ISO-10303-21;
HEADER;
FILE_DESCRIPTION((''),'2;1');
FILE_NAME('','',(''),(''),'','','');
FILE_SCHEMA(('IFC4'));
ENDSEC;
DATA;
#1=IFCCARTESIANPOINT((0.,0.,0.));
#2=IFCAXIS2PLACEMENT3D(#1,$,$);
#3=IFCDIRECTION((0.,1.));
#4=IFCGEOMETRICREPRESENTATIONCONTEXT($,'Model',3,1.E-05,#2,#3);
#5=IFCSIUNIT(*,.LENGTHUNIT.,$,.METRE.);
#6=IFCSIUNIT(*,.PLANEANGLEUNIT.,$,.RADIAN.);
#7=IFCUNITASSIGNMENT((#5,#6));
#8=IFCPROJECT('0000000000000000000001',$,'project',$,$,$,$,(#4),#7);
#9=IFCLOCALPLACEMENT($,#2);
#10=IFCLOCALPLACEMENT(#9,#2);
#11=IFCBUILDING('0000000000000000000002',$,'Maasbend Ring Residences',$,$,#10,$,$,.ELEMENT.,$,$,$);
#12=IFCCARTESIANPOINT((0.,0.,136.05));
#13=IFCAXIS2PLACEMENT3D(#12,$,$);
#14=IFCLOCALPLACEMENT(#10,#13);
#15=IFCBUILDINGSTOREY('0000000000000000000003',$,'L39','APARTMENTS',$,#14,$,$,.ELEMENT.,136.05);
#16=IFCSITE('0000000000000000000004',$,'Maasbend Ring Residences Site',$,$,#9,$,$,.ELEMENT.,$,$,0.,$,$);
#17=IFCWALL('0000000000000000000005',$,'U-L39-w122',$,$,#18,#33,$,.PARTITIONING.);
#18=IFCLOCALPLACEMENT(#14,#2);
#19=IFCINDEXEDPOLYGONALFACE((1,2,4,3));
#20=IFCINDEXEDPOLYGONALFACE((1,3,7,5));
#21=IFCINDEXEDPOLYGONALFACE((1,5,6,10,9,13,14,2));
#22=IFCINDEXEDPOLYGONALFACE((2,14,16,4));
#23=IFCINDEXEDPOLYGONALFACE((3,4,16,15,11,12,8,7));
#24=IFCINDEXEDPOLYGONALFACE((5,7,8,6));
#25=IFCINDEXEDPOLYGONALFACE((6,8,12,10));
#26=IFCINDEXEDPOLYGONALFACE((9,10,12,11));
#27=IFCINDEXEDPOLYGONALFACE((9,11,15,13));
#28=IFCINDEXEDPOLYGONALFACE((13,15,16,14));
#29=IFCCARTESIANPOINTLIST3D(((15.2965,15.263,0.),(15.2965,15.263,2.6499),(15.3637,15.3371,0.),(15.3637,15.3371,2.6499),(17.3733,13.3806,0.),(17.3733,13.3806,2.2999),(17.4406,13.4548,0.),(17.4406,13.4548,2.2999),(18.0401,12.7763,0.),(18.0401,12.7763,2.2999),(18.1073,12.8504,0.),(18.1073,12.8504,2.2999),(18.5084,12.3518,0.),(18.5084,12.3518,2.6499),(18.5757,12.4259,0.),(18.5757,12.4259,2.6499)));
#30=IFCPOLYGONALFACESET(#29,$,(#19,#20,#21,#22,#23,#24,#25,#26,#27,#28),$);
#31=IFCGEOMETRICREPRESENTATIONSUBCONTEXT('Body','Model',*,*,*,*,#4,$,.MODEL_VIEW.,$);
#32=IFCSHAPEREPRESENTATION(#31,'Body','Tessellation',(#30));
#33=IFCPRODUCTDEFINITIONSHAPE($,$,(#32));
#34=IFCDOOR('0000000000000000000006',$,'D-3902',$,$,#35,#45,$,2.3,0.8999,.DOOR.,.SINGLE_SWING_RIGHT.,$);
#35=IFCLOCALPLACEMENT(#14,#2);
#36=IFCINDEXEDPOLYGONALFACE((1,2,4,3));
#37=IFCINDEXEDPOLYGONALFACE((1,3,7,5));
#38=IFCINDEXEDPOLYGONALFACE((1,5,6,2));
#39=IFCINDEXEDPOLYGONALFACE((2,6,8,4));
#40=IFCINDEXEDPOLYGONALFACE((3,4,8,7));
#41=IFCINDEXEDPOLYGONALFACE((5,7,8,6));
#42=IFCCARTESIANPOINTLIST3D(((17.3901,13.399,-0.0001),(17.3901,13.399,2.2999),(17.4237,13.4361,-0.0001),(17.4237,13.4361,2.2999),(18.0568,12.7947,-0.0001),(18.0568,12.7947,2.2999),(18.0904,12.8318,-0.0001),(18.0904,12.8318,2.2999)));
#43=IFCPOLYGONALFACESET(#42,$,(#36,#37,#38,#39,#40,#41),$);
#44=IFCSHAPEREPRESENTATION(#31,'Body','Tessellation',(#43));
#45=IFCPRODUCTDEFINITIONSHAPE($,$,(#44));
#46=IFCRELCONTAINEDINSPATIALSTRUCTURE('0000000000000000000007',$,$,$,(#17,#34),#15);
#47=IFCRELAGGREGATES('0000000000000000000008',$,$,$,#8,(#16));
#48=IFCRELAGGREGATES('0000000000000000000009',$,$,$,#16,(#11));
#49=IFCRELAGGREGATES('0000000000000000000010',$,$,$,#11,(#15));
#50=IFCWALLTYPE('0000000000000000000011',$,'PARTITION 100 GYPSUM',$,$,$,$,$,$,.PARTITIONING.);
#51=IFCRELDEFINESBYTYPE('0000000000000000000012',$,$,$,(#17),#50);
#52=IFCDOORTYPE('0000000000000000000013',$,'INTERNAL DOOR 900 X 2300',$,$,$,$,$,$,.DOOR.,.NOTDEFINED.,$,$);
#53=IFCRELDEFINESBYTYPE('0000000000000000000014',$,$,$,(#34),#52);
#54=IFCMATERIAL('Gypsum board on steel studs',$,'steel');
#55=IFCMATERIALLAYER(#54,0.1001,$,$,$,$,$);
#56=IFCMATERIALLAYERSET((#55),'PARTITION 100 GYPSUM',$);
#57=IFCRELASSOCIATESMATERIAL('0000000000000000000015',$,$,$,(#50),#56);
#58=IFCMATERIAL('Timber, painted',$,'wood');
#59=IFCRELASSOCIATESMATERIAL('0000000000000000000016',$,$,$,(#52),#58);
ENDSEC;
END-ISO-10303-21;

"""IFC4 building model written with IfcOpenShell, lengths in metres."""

from ifc_helpers import new_model, si_unit, direction, frame, frame_2d, origin, place, context, subcontext, project, spatial, rectangle, extrude, material, layer, layer_set, type_object, element, fill, save


model = new_model("IFC4")

# Units and contexts
model_context = context("Model", 3, precision=1e-05, world=origin(), true_north=direction((0.0, 1.0)))
body_context = subcontext(model_context, "Body", "Model", "MODEL_VIEW")
ifc_project = project(units=[si_unit("LENGTHUNIT", "METRE"), si_unit("PLANEANGLEUNIT", "RADIAN")], contexts=[model_context])

# Site, building, storey
site_placement = place(None, origin())
site = spatial("IfcSite", under=ifc_project, at=site_placement, Name="Maasbend Ring Residences Site", CompositionType="ELEMENT", RefElevation=0.0)
building_placement = place(site_placement, origin())
building = spatial("IfcBuilding", under=site, at=building_placement, Name="Maasbend Ring Residences", CompositionType="ELEMENT")
storey_placement = place(building_placement, frame((0.0, 0.0, 136.05)))
storey = spatial("IfcBuildingStorey", under=building, at=storey_placement, Name="L39", Description="APARTMENTS", CompositionType="ELEMENT", Elevation=136.05)

# Shared definitions
ifc_material_1 = material(Name="Gypsum board on steel studs", Category="steel")
ifc_layer_1 = layer(ifc_material_1, 0.1001)
ifc_layer_set_1 = layer_set([ifc_layer_1], Name="PARTITION 100 GYPSUM")
wall_type_1 = type_object("IfcWallType", Name="PARTITION 100 GYPSUM", PredefinedType="PARTITIONING", material=ifc_layer_set_1)
ifc_material_2 = material(Name="Timber, painted", Category="wood")
door_type_1 = type_object("IfcDoorType", Name="INTERNAL DOOR 900 X 2300", OperationType="NOTDEFINED", PredefinedType="DOOR", material=ifc_material_2)

# Wall, opening, door
wall_1_placement = place(storey_placement, frame((15.3301, 15.3, 0.0), z_axis=(0.0, 0.0, 1.0), x_axis=(0.740948, -0.671562, 0.0)))
wall_1 = element("IfcWall", 1, at=wall_1_placement, inside=storey, type_object=wall_type_1, Name="U-L39-w122", PredefinedType="PARTITIONING", context=body_context, shape_type="SweptSolid", body=[
    extrude(rectangle(XDim=4.335, YDim=0.1001, at=frame_2d((2.1675, 0.0))), origin(), (0.0, 0.0, 1.0), 2.6499),
])
opening_1_placement = place(wall_1_placement, frame((2.803, 0.0, 0.0)))
opening_1 = element("IfcOpeningElement", 2, at=opening_1_placement, cuts=wall_1, PredefinedType="OPENING", context=body_context, shape_type="SweptSolid", body=[
    extrude(rectangle(XDim=0.8999, YDim=2.3, at=frame_2d((0.45, 1.1499))), frame((0.0, 0.0601, 0.0), z_axis=(0.0, -1.0, 0.0), x_axis=(1.0, 0.0, 0.0)), (0.0, 0.0, 1.0), 0.1201),
])
door_1_placement = place(opening_1_placement, origin())
door_1 = element("IfcDoor", 3, at=door_1_placement, inside=storey, type_object=door_type_1, Name="D-3902", OperationType="SINGLE_SWING_RIGHT", OverallHeight=2.3, OverallWidth=0.8999, PredefinedType="DOOR", context=body_context, shape_type="SweptSolid", body=[
    extrude(rectangle(XDim=0.8999, YDim=2.3, at=frame_2d((0.45, 1.1499))), frame((0.0, 0.0249, 0.0), z_axis=(0.0, -1.0, 0.0), x_axis=(1.0, 0.0, 0.0)), (0.0, 0.0, 1.0), 0.05),
])
fill(opening_1, door_1)

save(model, "model.ifc")
